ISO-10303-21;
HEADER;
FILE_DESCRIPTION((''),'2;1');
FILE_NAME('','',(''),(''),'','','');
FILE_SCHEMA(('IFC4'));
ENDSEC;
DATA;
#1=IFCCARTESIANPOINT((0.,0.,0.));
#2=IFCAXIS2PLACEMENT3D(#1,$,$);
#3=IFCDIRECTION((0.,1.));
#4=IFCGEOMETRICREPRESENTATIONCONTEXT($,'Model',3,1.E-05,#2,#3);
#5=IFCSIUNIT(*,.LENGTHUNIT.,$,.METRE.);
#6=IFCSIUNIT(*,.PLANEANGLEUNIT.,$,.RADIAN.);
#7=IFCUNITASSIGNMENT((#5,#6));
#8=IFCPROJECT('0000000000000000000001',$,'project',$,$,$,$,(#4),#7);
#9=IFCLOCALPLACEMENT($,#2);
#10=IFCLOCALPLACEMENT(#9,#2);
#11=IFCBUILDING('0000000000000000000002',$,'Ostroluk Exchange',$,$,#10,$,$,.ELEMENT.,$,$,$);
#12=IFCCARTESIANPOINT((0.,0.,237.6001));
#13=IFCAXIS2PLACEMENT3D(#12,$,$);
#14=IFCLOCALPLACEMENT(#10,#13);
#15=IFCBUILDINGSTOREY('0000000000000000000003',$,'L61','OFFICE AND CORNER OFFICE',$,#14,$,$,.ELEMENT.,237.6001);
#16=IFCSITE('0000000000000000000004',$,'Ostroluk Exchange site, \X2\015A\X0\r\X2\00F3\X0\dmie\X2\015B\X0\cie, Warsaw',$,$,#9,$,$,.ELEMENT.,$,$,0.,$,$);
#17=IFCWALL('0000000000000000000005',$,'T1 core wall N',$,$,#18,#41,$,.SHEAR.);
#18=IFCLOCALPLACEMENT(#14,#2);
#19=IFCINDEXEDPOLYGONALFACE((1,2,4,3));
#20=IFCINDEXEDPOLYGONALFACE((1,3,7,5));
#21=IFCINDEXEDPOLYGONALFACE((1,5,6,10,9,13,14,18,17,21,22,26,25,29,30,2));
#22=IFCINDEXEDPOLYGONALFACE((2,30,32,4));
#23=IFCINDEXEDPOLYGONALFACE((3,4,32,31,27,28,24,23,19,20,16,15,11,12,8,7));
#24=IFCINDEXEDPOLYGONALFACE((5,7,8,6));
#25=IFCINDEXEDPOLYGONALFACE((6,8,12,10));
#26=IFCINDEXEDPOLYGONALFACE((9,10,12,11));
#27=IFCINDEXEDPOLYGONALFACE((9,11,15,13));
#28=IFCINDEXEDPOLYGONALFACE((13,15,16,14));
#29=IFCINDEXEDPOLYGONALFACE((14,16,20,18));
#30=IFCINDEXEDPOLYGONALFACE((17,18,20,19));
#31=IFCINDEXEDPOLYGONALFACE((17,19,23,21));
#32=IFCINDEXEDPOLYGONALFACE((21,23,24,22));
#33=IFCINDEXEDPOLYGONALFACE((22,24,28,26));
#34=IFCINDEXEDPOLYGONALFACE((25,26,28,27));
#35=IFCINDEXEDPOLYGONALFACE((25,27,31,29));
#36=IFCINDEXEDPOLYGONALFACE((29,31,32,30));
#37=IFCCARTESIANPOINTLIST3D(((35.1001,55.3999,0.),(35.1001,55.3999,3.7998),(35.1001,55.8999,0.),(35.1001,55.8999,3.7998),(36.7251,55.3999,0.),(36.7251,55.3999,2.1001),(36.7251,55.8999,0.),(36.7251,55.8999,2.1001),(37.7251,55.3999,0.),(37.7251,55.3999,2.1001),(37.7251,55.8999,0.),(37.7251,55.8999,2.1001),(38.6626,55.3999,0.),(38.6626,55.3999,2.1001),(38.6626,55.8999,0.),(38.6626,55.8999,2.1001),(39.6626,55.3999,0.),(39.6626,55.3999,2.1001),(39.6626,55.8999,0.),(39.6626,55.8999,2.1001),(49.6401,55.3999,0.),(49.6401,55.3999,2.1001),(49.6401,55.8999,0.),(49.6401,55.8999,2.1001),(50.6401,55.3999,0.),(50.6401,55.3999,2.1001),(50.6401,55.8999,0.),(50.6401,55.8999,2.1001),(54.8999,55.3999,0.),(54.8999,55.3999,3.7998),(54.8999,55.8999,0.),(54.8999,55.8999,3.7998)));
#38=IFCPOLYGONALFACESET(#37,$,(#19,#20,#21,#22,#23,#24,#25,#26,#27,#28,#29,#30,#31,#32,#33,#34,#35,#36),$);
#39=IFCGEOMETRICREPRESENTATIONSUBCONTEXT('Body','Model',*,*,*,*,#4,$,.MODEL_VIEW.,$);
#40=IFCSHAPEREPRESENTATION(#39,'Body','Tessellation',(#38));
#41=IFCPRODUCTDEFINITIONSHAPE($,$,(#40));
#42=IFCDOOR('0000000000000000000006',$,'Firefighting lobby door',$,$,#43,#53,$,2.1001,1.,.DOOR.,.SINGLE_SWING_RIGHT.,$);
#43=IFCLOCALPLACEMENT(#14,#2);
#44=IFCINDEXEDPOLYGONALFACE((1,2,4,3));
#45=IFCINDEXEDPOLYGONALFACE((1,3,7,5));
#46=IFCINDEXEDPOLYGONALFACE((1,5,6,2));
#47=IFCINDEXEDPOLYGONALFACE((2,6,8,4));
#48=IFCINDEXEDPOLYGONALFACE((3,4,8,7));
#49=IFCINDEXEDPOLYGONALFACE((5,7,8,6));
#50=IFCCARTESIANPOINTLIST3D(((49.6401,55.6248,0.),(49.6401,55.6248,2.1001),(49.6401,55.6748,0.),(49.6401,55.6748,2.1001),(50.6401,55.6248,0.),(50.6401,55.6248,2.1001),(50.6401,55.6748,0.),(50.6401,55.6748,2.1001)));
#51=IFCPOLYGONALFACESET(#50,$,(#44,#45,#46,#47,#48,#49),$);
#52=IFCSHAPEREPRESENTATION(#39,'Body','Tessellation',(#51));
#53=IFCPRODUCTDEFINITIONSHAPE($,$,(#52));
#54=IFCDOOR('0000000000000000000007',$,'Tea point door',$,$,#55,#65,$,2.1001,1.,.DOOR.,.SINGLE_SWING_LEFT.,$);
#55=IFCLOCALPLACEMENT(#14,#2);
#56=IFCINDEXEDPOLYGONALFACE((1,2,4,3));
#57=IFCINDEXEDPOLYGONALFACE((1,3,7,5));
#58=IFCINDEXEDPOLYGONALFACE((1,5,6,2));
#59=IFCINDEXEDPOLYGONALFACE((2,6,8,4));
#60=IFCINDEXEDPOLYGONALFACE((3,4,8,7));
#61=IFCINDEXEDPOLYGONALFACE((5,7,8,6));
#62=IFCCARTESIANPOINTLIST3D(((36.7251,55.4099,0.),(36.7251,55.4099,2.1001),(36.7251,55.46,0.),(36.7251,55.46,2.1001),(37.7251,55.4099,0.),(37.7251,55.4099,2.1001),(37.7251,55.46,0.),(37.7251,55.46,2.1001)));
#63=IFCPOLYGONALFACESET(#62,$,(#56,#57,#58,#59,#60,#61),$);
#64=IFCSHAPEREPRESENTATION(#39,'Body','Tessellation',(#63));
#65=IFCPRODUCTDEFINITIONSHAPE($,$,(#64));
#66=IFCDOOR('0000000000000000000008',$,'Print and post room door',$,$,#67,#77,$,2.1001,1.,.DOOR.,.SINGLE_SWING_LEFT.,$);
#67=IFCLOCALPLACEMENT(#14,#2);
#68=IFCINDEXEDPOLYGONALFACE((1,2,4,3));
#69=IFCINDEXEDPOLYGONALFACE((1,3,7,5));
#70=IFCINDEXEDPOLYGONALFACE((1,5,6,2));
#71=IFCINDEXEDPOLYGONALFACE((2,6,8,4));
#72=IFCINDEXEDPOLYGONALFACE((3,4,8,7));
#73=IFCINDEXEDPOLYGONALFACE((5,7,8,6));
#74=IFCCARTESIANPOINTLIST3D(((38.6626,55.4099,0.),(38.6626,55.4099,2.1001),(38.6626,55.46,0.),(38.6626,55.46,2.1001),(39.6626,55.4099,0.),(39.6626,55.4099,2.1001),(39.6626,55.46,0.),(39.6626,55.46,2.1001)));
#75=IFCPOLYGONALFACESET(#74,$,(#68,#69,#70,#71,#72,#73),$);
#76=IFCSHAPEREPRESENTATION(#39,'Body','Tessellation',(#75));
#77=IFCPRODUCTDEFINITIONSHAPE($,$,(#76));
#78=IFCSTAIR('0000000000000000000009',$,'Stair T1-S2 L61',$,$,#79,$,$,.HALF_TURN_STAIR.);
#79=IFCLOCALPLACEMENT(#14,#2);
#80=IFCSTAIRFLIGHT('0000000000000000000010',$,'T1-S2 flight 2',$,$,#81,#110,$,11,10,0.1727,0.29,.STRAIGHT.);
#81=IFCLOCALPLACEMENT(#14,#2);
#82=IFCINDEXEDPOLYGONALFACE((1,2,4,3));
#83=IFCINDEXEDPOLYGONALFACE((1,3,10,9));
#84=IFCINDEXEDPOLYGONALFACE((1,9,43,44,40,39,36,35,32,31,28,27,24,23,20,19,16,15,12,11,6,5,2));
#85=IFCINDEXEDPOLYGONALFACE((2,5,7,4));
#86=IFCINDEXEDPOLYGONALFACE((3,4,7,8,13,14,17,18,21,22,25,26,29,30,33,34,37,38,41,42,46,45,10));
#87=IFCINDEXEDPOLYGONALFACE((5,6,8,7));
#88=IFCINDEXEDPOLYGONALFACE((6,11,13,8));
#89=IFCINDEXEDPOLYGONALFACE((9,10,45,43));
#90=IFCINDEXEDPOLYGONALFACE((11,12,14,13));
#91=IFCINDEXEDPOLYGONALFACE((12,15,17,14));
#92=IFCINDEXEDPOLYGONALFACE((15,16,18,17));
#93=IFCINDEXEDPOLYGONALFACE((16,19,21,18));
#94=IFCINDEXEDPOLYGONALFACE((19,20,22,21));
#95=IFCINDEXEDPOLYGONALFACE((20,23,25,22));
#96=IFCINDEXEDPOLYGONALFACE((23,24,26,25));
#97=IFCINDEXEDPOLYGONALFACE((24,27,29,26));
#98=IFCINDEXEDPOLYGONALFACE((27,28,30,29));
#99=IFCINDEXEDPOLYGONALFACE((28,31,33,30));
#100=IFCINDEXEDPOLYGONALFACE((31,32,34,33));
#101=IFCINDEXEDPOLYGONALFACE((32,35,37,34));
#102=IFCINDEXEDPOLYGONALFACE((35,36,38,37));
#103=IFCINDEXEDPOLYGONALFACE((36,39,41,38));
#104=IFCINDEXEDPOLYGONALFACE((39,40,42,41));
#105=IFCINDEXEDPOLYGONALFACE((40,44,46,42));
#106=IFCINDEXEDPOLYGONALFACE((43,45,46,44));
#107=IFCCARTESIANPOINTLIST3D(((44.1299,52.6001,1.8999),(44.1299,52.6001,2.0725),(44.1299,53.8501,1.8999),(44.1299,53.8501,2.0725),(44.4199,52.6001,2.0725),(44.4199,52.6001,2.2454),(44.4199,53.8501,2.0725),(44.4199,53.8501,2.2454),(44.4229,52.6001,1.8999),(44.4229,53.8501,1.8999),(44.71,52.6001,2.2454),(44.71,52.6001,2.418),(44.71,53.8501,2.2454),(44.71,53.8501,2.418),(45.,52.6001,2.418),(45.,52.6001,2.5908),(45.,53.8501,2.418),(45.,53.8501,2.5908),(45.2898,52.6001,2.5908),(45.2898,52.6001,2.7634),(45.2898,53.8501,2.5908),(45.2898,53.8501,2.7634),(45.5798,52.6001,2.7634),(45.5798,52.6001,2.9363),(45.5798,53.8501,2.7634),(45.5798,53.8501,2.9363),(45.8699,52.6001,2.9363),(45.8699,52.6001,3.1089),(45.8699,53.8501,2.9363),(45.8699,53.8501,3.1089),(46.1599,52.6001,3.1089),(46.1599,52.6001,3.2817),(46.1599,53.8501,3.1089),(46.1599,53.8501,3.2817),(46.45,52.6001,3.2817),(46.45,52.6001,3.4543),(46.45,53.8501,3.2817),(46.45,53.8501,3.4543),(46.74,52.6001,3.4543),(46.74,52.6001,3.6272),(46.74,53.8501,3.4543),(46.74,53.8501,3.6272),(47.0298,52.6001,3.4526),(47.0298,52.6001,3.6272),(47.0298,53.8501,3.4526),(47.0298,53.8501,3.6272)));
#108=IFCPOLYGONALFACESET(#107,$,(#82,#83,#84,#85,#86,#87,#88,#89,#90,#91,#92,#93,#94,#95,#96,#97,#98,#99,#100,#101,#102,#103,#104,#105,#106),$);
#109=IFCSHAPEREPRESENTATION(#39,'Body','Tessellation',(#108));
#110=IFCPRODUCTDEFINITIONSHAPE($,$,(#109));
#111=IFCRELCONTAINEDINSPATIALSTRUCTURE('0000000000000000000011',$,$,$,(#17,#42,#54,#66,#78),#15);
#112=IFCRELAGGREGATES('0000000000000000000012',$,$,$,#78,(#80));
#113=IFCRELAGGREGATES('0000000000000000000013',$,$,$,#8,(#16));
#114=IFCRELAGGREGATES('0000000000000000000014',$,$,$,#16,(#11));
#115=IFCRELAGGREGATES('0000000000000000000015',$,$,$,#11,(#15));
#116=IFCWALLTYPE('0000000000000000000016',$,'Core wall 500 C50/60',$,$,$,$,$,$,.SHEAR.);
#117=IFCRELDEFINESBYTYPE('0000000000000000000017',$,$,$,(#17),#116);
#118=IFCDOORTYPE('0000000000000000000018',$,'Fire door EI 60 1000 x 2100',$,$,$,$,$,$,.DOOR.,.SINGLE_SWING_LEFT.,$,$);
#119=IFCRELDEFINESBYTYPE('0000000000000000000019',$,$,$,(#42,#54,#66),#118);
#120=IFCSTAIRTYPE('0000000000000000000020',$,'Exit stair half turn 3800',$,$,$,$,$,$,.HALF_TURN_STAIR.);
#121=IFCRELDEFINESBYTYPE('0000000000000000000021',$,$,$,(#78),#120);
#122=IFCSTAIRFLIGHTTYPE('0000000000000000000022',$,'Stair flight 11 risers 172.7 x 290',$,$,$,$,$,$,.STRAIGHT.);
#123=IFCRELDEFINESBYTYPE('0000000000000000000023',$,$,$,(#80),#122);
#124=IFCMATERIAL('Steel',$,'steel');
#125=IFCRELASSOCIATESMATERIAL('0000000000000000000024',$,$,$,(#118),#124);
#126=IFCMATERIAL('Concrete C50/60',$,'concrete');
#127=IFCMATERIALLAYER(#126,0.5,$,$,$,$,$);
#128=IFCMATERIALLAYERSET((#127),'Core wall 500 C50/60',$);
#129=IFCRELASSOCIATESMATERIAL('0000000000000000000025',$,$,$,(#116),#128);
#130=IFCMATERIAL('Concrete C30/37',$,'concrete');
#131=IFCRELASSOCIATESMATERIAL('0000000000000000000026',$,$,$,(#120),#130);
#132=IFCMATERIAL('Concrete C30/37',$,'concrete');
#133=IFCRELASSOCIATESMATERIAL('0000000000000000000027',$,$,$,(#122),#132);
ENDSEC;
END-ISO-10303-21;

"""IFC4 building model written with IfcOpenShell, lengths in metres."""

from ifc_helpers import new_model, si_unit, direction, frame, frame_2d, origin, place, context, subcontext, project, spatial, polyline, rectangle, outline, extrude, material, layer, layer_set, type_object, element, fill, aggregate, save


model = new_model("IFC4")

# Units and contexts
model_context = context("Model", 3, precision=1e-05, world=origin(), true_north=direction((0.0, 1.0)))
body_context = subcontext(model_context, "Body", "Model", "MODEL_VIEW")
ifc_project = project(units=[si_unit("LENGTHUNIT", "METRE"), si_unit("PLANEANGLEUNIT", "RADIAN")], contexts=[model_context])

# Site, building, storey
site_placement = place(None, origin())
site = spatial("IfcSite", under=ifc_project, at=site_placement, Name="Ostroluk Exchange site, Śródmieście, Warsaw", CompositionType="ELEMENT", RefElevation=0.0)
building_placement = place(site_placement, origin())
building = spatial("IfcBuilding", under=site, at=building_placement, Name="Ostroluk Exchange", CompositionType="ELEMENT")
storey_placement = place(building_placement, frame((0.0, 0.0, 237.6001)))
storey = spatial("IfcBuildingStorey", under=building, at=storey_placement, Name="L61", Description="OFFICE AND CORNER OFFICE", CompositionType="ELEMENT", Elevation=237.6001)

# Wall, openings, doors
ifc_material_1 = material(Name="Steel", Category="steel")
door_type_1 = type_object("IfcDoorType", Name="Fire door EI 60 1000 x 2100", OperationType="SINGLE_SWING_LEFT", PredefinedType="DOOR", material=ifc_material_1)
ifc_material_2 = material(Name="Concrete C50/60", Category="concrete")
ifc_layer_1 = layer(ifc_material_2, 0.5)
ifc_layer_set_1 = layer_set([ifc_layer_1], Name="Core wall 500 C50/60")
wall_type_1 = type_object("IfcWallType", Name="Core wall 500 C50/60", PredefinedType="SHEAR", material=ifc_layer_set_1)
wall_1_placement = place(storey_placement, frame((35.1001, 55.6499, 0.0), z_axis=(0.0, 0.0, 1.0), x_axis=(1.0, 0.0, 0.0)))
wall_1 = element("IfcWall", 1, at=wall_1_placement, inside=storey, type_object=wall_type_1, Name="T1 core wall N", PredefinedType="SHEAR", context=body_context, shape_type="SweptSolid", body=[
    extrude(rectangle(XDim=19.7998, YDim=0.5, at=frame_2d((9.8999, 0.0))), origin(), (0.0, 0.0, 1.0), 3.7998),
])
opening_1_placement = place(wall_1_placement, frame((14.54, 0.0, 0.0)))
opening_1 = element("IfcOpeningElement", 2, at=opening_1_placement, cuts=wall_1, PredefinedType="OPENING", context=body_context, shape_type="SweptSolid", body=[
    extrude(rectangle(XDim=1.0, YDim=2.1001, at=frame_2d((0.5, 1.05))), frame((0.0, 0.26, 0.0), z_axis=(0.0, -1.0, 0.0), x_axis=(1.0, 0.0, 0.0)), (0.0, 0.0, 1.0), 0.52),
])
opening_2_placement = place(wall_1_placement, frame((1.625, 0.0, 0.0)))
opening_2 = element("IfcOpeningElement", 3, at=opening_2_placement, cuts=wall_1, PredefinedType="OPENING", context=body_context, shape_type="SweptSolid", body=[
    extrude(rectangle(XDim=1.0, YDim=2.1001, at=frame_2d((0.5, 1.05))), frame((0.0, 0.26, 0.0), z_axis=(0.0, -1.0, 0.0), x_axis=(1.0, 0.0, 0.0)), (0.0, 0.0, 1.0), 0.52),
])
opening_3_placement = place(wall_1_placement, frame((3.5625, 0.0, 0.0)))
opening_3 = element("IfcOpeningElement", 4, at=opening_3_placement, cuts=wall_1, PredefinedType="OPENING", context=body_context, shape_type="SweptSolid", body=[
    extrude(rectangle(XDim=1.0, YDim=2.1001, at=frame_2d((0.5, 1.05))), frame((0.0, 0.26, 0.0), z_axis=(0.0, -1.0, 0.0), x_axis=(1.0, 0.0, 0.0)), (0.0, 0.0, 1.0), 0.52),
])
door_1_placement = place(opening_1_placement, origin())
door_1 = element("IfcDoor", 5, at=door_1_placement, inside=storey, type_object=door_type_1, Name="Firefighting lobby door", OperationType="SINGLE_SWING_RIGHT", OverallHeight=2.1001, OverallWidth=1.0, PredefinedType="DOOR", context=body_context, shape_type="SweptSolid", body=[
    extrude(rectangle(XDim=1.0, YDim=2.1001, at=frame_2d((0.5, 1.05))), frame((0.0, 0.0249, 0.0), z_axis=(0.0, -1.0, 0.0), x_axis=(1.0, 0.0, 0.0)), (0.0, 0.0, 1.0), 0.05),
])
fill(opening_1, door_1)
door_2_placement = place(opening_2_placement, origin())
door_2 = element("IfcDoor", 6, at=door_2_placement, inside=storey, type_object=door_type_1, Name="Tea point door", OperationType="SINGLE_SWING_LEFT", OverallHeight=2.1001, OverallWidth=1.0, PredefinedType="DOOR", context=body_context, shape_type="SweptSolid", body=[
    extrude(rectangle(XDim=1.0, YDim=2.1001, at=frame_2d((0.5, 1.05))), frame((0.0, -0.1899, 0.0), z_axis=(0.0, -1.0, 0.0), x_axis=(1.0, 0.0, 0.0)), (0.0, 0.0, 1.0), 0.05),
])
fill(opening_2, door_2)
door_3_placement = place(opening_3_placement, origin())
door_3 = element("IfcDoor", 7, at=door_3_placement, inside=storey, type_object=door_type_1, Name="Print and post room door", OperationType="SINGLE_SWING_LEFT", OverallHeight=2.1001, OverallWidth=1.0, PredefinedType="DOOR", context=body_context, shape_type="SweptSolid", body=[
    extrude(rectangle(XDim=1.0, YDim=2.1001, at=frame_2d((0.5, 1.05))), frame((0.0, -0.1899, 0.0), z_axis=(0.0, -1.0, 0.0), x_axis=(1.0, 0.0, 0.0)), (0.0, 0.0, 1.0), 0.05),
])
fill(opening_3, door_3)

# Stair, stair flight
ifc_material_3 = material(Name="Concrete C30/37", Category="concrete")
stair_type = type_object("IfcStairType", Name="Exit stair half turn 3800", PredefinedType="HALF_TURN_STAIR", material=ifc_material_3)
stair_placement = place(storey_placement, origin())
stair = element("IfcStair", 8, at=stair_placement, inside=storey, type_object=stair_type, Name="Stair T1-S2 L61", PredefinedType="HALF_TURN_STAIR")
ifc_material_4 = material(Name="Concrete C30/37", Category="concrete")
stair_flight_type = type_object("IfcStairFlightType", Name="Stair flight 11 risers 172.7 x 290", PredefinedType="STRAIGHT", material=ifc_material_4)
stair_flight_placement = place(storey_placement, frame((44.1299, 53.2251, 1.8999), z_axis=(0.0, 0.0, 1.0), x_axis=(1.0, 0.0, 0.0)))
stair_flight = element("IfcStairFlight", 9, at=stair_flight_placement, type_object=stair_flight_type, Name="T1-S2 flight 2", NumberOfRisers=11, NumberOfTreads=10, PredefinedType="STRAIGHT", RiserHeight=0.1727, TreadLength=0.29, context=body_context, shape_type="SweptSolid", body=[
    extrude(outline(polyline([(0.0, 0.0), (0.0, 0.1726), (0.29, 0.1726), (0.29, 0.3455), (0.5801, 0.3455), (0.5801, 0.5181), (0.8701, 0.5181), (0.8701, 0.6909), (1.1599, 0.6909), (1.1599, 0.8635), (1.45, 0.8635), (1.45, 1.0364), (1.74, 1.0364), (1.74, 1.209), (2.03, 1.209), (2.03, 1.3818), (2.3201, 1.3818), (2.3201, 1.5544), (2.6101, 1.5544), (2.6101, 1.7273), (2.8999, 1.7273), (2.8999, 1.8999), (2.8999, 1.5527), (0.293, 0.0), (0.0, 0.0)])), frame((0.0, 0.625, 0.0), z_axis=(0.0, -1.0, 0.0), x_axis=(1.0, 0.0, 0.0)), (0.0, 0.0, 1.0), 1.25),
])
aggregate(stair, [stair_flight])

save(model, "model.ifc")
